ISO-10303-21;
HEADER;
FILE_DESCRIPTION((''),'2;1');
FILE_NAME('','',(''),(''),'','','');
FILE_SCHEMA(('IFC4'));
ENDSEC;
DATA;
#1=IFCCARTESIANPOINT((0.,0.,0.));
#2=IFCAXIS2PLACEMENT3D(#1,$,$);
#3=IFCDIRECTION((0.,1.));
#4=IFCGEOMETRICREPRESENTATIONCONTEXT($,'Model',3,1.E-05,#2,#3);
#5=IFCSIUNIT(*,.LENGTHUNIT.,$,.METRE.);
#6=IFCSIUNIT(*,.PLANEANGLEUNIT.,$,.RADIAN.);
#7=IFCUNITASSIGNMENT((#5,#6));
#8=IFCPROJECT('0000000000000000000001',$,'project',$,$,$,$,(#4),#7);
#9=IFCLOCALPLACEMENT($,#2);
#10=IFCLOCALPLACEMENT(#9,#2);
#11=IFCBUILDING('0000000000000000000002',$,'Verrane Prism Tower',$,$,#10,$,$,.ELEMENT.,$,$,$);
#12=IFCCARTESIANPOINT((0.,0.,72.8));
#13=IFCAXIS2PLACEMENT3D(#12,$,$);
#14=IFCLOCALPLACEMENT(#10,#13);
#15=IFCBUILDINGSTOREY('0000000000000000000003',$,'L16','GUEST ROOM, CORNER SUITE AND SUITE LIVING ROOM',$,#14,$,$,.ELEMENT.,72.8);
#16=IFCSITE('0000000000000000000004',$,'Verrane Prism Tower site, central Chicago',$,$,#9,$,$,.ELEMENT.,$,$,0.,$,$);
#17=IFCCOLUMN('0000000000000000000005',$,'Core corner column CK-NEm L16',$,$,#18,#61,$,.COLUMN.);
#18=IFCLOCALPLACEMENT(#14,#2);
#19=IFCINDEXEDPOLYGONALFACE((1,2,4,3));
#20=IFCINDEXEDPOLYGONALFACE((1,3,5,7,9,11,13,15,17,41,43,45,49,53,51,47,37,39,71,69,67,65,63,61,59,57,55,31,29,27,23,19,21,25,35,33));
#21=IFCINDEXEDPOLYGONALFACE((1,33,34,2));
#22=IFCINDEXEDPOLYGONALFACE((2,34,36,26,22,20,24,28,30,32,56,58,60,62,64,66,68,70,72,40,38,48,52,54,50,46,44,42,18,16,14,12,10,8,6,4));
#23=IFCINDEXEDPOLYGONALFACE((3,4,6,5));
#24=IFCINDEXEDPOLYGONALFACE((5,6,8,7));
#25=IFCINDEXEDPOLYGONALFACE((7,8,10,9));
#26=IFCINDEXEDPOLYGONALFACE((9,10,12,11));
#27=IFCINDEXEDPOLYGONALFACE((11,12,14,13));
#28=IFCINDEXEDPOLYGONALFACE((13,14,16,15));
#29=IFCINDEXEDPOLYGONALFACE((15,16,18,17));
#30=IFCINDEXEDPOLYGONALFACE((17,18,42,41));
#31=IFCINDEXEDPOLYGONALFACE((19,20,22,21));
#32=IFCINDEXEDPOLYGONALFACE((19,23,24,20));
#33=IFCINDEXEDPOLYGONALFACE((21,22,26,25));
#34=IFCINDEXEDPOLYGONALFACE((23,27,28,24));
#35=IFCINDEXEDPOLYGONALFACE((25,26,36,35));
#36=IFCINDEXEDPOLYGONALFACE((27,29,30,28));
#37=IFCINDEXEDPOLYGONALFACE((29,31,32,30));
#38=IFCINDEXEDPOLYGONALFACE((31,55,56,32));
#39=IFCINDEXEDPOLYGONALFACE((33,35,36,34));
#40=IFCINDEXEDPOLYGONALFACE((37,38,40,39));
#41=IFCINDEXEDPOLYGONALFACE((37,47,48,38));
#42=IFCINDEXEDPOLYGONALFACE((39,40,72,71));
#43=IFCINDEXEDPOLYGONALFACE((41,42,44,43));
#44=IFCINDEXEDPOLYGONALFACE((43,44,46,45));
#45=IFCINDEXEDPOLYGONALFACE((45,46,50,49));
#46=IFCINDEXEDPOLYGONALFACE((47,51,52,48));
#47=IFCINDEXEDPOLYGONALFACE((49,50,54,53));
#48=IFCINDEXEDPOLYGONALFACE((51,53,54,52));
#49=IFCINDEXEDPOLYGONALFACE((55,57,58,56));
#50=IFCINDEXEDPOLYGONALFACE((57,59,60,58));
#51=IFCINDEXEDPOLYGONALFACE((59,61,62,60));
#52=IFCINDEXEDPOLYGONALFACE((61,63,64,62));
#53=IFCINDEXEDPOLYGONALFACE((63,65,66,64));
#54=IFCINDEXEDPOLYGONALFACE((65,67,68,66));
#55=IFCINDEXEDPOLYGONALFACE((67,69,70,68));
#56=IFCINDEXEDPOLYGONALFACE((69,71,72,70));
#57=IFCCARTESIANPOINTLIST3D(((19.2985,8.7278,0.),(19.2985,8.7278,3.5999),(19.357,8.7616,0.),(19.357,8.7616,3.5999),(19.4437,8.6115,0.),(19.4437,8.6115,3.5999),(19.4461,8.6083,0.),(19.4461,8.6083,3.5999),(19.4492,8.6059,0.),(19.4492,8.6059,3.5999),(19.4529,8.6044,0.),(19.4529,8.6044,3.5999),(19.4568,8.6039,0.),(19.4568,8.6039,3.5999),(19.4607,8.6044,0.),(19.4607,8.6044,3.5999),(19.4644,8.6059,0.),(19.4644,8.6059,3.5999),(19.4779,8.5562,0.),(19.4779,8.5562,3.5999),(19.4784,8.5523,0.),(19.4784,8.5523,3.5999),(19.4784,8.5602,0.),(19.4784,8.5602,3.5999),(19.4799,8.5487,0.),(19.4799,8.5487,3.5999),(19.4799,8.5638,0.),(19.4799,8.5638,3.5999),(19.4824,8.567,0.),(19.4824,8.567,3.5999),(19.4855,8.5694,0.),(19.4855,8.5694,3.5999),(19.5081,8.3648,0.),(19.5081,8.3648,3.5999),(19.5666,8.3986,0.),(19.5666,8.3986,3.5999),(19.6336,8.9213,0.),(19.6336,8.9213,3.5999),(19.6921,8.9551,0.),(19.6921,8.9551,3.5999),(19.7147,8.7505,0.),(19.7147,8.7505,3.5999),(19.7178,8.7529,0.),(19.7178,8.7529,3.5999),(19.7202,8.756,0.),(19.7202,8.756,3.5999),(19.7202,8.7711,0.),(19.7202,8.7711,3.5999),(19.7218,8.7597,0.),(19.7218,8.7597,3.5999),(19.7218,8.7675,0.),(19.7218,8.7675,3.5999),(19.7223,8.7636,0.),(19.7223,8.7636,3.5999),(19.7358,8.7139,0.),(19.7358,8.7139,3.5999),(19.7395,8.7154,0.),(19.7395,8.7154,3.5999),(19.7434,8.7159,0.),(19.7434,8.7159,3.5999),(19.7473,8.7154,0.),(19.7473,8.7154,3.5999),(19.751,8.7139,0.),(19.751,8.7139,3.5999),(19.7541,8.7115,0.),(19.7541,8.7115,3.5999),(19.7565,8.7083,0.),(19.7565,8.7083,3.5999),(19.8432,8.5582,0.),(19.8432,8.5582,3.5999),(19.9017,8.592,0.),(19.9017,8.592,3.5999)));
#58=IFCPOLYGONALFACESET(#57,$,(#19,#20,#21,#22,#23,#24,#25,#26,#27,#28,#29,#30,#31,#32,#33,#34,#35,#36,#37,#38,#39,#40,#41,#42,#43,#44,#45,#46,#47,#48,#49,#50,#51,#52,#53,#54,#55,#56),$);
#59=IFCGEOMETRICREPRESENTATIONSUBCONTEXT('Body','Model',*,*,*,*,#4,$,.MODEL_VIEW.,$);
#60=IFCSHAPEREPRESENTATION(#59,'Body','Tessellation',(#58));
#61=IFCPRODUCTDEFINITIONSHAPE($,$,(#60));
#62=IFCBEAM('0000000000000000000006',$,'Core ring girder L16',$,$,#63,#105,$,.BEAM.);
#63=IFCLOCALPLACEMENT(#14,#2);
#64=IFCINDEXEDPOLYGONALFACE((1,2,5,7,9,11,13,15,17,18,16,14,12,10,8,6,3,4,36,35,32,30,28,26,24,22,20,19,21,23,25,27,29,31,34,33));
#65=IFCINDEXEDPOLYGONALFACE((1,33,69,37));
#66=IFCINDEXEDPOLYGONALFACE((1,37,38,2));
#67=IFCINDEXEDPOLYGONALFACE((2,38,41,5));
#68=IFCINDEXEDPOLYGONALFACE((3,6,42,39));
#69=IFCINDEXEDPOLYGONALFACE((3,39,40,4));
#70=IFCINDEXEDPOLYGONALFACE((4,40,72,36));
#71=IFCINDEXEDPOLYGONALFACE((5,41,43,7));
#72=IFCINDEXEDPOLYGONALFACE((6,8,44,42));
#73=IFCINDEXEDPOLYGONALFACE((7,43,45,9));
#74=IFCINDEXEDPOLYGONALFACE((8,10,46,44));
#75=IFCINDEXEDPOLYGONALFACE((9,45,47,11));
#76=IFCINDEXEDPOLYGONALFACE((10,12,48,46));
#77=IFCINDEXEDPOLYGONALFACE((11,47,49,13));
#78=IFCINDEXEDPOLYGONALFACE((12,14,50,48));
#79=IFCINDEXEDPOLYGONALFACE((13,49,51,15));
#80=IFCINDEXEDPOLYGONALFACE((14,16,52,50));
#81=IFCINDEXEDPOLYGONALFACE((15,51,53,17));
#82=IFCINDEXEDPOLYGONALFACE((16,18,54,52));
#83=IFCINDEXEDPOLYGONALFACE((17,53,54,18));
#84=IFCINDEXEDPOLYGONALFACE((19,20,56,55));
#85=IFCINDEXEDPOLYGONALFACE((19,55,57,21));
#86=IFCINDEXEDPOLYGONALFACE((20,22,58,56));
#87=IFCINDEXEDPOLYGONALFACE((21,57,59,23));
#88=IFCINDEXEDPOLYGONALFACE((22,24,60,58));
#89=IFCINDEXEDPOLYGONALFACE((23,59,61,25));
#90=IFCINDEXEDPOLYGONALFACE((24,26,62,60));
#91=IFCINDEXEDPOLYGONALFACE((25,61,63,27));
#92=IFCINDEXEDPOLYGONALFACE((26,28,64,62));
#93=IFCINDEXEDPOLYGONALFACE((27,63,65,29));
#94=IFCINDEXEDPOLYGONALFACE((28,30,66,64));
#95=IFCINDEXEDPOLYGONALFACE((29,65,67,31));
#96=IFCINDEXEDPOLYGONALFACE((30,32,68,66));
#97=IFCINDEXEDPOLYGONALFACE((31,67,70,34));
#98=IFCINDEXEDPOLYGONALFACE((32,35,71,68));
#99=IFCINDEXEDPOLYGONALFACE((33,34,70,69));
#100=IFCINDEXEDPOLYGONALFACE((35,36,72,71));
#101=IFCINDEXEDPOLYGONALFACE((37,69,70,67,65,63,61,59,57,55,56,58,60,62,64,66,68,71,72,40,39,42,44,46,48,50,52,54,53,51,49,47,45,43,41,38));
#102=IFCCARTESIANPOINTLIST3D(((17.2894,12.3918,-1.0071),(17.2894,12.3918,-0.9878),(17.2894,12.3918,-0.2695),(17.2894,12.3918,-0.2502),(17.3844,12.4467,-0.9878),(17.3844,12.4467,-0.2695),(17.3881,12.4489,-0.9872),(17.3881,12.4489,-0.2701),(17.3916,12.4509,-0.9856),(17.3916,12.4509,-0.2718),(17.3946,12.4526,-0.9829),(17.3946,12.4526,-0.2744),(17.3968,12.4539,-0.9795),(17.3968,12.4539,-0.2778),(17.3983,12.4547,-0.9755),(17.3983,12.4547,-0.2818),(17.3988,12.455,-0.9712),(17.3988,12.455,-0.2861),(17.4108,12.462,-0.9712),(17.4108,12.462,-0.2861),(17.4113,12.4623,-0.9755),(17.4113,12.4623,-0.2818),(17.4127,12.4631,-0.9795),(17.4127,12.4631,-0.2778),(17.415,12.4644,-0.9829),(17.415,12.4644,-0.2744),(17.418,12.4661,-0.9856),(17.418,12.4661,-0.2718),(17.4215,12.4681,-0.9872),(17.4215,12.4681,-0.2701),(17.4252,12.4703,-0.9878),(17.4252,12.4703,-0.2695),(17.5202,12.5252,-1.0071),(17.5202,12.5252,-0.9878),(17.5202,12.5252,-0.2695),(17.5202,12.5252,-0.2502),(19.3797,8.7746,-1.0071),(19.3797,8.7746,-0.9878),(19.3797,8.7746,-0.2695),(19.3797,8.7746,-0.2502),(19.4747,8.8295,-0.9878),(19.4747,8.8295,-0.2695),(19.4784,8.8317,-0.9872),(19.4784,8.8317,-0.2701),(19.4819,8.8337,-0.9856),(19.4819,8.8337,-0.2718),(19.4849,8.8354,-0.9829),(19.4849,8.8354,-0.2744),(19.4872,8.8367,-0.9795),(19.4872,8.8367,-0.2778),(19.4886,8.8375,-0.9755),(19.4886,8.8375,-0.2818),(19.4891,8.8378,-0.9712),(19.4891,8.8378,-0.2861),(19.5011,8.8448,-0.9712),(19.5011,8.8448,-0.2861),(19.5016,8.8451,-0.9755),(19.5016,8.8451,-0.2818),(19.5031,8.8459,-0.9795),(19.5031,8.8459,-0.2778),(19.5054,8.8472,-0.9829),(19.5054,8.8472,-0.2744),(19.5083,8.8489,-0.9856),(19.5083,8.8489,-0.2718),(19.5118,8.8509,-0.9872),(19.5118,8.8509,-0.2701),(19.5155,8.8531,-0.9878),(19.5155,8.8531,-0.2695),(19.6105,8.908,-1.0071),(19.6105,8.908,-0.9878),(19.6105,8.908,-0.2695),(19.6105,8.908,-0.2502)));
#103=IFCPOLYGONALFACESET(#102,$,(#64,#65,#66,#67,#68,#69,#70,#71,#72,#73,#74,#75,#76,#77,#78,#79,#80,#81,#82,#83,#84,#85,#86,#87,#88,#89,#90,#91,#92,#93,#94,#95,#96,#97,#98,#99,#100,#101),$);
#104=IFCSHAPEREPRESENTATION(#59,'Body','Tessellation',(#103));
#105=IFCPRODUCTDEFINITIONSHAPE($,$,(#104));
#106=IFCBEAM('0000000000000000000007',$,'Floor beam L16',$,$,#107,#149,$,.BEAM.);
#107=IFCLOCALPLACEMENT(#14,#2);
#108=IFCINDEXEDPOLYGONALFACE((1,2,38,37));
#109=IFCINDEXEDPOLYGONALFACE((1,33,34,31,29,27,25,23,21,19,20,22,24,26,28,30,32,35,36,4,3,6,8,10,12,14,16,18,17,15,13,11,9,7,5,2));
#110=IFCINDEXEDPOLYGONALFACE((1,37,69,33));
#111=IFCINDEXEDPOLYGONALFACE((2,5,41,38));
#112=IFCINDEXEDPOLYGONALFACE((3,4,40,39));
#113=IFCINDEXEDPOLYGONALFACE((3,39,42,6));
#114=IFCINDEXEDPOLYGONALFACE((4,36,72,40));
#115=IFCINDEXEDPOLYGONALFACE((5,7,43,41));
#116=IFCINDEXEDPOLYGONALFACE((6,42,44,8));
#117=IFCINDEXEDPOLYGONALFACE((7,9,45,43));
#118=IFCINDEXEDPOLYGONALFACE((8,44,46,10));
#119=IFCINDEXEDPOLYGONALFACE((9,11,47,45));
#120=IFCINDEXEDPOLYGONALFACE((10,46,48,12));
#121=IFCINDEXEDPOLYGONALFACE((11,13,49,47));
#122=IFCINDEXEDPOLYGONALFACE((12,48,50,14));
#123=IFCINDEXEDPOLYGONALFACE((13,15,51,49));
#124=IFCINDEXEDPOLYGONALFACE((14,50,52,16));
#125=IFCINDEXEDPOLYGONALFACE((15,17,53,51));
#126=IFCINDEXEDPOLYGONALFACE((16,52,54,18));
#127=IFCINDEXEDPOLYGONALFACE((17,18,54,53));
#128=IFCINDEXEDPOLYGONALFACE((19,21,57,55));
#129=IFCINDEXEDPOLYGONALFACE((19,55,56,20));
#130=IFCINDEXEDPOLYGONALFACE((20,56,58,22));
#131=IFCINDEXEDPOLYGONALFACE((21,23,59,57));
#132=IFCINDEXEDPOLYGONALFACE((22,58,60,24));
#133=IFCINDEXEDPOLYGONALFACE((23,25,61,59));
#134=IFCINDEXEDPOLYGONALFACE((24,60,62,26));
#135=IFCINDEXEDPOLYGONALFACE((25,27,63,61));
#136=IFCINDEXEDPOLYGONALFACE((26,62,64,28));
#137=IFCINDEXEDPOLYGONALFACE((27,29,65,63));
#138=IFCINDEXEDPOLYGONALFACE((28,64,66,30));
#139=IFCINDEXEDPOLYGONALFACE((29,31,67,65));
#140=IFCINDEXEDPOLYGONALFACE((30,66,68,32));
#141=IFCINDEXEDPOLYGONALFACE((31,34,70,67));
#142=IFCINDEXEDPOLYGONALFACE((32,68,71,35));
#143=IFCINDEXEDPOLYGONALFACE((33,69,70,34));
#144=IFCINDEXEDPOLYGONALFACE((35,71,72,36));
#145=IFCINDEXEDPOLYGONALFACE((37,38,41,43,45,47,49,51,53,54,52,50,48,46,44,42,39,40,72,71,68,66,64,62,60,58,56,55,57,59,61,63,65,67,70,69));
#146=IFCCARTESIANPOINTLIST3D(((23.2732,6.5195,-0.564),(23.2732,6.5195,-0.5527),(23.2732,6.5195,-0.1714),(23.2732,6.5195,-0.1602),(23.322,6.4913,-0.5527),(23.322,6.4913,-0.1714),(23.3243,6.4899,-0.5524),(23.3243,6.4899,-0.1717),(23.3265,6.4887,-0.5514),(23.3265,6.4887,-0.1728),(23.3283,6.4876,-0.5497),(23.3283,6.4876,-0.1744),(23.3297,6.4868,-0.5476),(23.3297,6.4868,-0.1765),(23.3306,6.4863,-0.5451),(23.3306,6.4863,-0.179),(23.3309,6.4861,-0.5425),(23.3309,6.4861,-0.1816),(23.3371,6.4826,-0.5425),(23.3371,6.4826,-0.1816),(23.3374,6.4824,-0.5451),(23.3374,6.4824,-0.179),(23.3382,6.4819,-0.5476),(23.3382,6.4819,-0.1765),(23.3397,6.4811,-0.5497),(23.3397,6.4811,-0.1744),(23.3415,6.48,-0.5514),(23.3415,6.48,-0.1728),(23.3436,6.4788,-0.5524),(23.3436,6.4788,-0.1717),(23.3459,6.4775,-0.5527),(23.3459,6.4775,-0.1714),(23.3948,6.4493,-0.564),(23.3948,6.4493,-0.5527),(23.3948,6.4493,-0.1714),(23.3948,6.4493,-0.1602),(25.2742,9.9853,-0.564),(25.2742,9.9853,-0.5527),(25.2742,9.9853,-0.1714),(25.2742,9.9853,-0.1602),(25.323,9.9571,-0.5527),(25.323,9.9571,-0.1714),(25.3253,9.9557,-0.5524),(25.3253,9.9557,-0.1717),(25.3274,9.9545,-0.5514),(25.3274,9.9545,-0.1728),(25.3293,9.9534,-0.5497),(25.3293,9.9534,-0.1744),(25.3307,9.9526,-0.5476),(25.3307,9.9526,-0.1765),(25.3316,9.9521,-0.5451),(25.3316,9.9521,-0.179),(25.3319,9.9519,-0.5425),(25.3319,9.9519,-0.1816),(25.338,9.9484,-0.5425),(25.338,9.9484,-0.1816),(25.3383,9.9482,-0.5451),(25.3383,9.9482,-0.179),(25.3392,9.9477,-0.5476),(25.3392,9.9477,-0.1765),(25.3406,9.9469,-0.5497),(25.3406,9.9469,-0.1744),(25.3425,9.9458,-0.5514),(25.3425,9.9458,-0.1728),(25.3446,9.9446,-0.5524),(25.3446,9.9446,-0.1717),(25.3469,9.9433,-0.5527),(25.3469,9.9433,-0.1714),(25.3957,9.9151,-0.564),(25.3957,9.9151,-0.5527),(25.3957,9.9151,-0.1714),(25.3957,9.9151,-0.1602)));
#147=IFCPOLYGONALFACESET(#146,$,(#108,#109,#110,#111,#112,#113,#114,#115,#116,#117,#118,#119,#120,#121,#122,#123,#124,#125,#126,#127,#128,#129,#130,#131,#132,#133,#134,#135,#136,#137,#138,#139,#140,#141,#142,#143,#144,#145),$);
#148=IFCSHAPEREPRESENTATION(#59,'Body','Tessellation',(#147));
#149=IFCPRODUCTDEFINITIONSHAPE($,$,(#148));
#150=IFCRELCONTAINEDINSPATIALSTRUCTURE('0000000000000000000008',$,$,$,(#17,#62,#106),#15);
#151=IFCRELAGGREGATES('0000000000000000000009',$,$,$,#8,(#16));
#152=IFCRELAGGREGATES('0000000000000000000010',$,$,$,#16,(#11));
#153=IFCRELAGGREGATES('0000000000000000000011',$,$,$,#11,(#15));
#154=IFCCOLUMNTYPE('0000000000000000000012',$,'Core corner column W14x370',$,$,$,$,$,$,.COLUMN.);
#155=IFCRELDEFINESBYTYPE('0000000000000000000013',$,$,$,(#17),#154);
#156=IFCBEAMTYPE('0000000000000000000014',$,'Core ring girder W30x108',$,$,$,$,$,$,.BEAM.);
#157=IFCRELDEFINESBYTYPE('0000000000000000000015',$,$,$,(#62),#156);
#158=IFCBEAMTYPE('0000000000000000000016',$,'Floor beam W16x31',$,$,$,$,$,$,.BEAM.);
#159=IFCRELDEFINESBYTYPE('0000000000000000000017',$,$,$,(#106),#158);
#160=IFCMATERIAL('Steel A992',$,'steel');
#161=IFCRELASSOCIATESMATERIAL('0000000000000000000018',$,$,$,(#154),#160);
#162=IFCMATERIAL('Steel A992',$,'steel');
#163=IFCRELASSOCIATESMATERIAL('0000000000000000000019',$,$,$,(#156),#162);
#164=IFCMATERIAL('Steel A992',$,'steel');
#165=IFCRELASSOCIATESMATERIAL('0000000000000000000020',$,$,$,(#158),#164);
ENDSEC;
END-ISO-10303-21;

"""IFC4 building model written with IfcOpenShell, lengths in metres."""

from ifc_helpers import new_model, si_unit, direction, frame, origin, origin_2d, place, context, subcontext, project, spatial, i_section, extrude, material, material_profile, profile_set, type_object, element, save


model = new_model("IFC4")

# Units and contexts
model_context = context("Model", 3, precision=1e-05, world=origin(), true_north=direction((0.0, 1.0)))
body_context = subcontext(model_context, "Body", "Model", "MODEL_VIEW")
ifc_project = project(units=[si_unit("LENGTHUNIT", "METRE"), si_unit("PLANEANGLEUNIT", "RADIAN")], contexts=[model_context])

# Site, building, storey
site_placement = place(None, origin())
site = spatial("IfcSite", under=ifc_project, at=site_placement, Name="Verrane Prism Tower site, central Chicago", CompositionType="ELEMENT", RefElevation=0.0)
building_placement = place(site_placement, origin())
building = spatial("IfcBuilding", under=site, at=building_placement, Name="Verrane Prism Tower", CompositionType="ELEMENT")
storey_placement = place(building_placement, frame((0.0, 0.0, 72.8)))
storey = spatial("IfcBuildingStorey", under=building, at=storey_placement, Name="L16", Description="GUEST ROOM, CORNER SUITE AND SUITE LIVING ROOM", CompositionType="ELEMENT", Elevation=72.8)

# Column
ifc_material_1 = material(Name="Steel A992", Category="steel")
ifc_material_profile_1 = material_profile(ifc_material_1, i_section(OverallWidth=0.4192, OverallDepth=0.4546, WebThickness=0.0422, FlangeThickness=0.0676, FilletRadius=0.0151, at=origin_2d()), Name="W14x370")
ifc_profile_set_1 = profile_set([ifc_material_profile_1], Name="Steel A992")
column_type = type_object("IfcColumnType", Name="Core corner column W14x370", PredefinedType="COLUMN", material=ifc_profile_set_1)
column_placement = place(storey_placement, frame((19.6001, 8.6599, 0.0), z_axis=(0.0, 0.0, 1.0), x_axis=(0.5, -0.866025, 0.0)))
element("IfcColumn", 1, at=column_placement, inside=storey, type_object=column_type, Name="Core corner column CK-NEm L16", PredefinedType="COLUMN", context=body_context, shape_type="SweptSolid", body=[
    extrude(i_section(OverallWidth=0.4192, OverallDepth=0.4546, WebThickness=0.0422, FlangeThickness=0.0676, FilletRadius=0.0151, at=origin_2d()), origin(), (0.0, 0.0, 1.0), 3.5999),
])

# Beams
ifc_material_2 = material(Name="Steel A992", Category="steel")
ifc_material_profile_2 = material_profile(ifc_material_2, i_section(OverallWidth=0.2666, OverallDepth=0.7568, WebThickness=0.0139, FlangeThickness=0.0193, FilletRadius=0.0166, at=origin_2d()), Name="W30x108")
ifc_profile_set_2 = profile_set([ifc_material_profile_2], Name="Steel A992")
beam_type_1 = type_object("IfcBeamType", Name="Core ring girder W30x108", PredefinedType="BEAM", material=ifc_profile_set_2)
beam_1_placement = place(storey_placement, frame((19.4951, 8.8413, -0.6287), z_axis=(-0.50035, 0.865823, 0.0), x_axis=(-0.865823, -0.50035, 0.0)))
element("IfcBeam", 2, at=beam_1_placement, inside=storey, type_object=beam_type_1, Name="Core ring girder L16", PredefinedType="BEAM", context=body_context, shape_type="SweptSolid", body=[
    extrude(i_section(OverallWidth=0.2666, OverallDepth=0.7568, WebThickness=0.0139, FlangeThickness=0.0193, FilletRadius=0.0166, at=origin_2d()), origin(), (0.0, 0.0, 1.0), 4.1777),
])
ifc_material_3 = material(Name="Steel A992", Category="steel")
ifc_material_profile_3 = material_profile(ifc_material_3, i_section(OverallWidth=0.1404, OverallDepth=0.4038, WebThickness=0.0071, FlangeThickness=0.0112, FilletRadius=0.0103, at=origin_2d()), Name="W16x31")
ifc_profile_set_3 = profile_set([ifc_material_profile_3], Name="Steel A992")
beam_type_2 = type_object("IfcBeamType", Name="Floor beam W16x31", PredefinedType="BEAM", material=ifc_profile_set_3)
beam_2_placement = place(storey_placement, frame((23.334, 6.4844, -0.3621), z_axis=(0.499997, 0.866027, 0.0), x_axis=(-0.866027, 0.499997, 0.0)))
element("IfcBeam", 3, at=beam_2_placement, inside=storey, type_object=beam_type_2, Name="Floor beam L16", PredefinedType="BEAM", context=body_context, shape_type="SweptSolid", body=[
    extrude(i_section(OverallWidth=0.1404, OverallDepth=0.4038, WebThickness=0.0071, FlangeThickness=0.0112, FilletRadius=0.0103, at=origin_2d()), origin(), (0.0, 0.0, 1.0), 4.002),
])

save(model, "model.ifc")
